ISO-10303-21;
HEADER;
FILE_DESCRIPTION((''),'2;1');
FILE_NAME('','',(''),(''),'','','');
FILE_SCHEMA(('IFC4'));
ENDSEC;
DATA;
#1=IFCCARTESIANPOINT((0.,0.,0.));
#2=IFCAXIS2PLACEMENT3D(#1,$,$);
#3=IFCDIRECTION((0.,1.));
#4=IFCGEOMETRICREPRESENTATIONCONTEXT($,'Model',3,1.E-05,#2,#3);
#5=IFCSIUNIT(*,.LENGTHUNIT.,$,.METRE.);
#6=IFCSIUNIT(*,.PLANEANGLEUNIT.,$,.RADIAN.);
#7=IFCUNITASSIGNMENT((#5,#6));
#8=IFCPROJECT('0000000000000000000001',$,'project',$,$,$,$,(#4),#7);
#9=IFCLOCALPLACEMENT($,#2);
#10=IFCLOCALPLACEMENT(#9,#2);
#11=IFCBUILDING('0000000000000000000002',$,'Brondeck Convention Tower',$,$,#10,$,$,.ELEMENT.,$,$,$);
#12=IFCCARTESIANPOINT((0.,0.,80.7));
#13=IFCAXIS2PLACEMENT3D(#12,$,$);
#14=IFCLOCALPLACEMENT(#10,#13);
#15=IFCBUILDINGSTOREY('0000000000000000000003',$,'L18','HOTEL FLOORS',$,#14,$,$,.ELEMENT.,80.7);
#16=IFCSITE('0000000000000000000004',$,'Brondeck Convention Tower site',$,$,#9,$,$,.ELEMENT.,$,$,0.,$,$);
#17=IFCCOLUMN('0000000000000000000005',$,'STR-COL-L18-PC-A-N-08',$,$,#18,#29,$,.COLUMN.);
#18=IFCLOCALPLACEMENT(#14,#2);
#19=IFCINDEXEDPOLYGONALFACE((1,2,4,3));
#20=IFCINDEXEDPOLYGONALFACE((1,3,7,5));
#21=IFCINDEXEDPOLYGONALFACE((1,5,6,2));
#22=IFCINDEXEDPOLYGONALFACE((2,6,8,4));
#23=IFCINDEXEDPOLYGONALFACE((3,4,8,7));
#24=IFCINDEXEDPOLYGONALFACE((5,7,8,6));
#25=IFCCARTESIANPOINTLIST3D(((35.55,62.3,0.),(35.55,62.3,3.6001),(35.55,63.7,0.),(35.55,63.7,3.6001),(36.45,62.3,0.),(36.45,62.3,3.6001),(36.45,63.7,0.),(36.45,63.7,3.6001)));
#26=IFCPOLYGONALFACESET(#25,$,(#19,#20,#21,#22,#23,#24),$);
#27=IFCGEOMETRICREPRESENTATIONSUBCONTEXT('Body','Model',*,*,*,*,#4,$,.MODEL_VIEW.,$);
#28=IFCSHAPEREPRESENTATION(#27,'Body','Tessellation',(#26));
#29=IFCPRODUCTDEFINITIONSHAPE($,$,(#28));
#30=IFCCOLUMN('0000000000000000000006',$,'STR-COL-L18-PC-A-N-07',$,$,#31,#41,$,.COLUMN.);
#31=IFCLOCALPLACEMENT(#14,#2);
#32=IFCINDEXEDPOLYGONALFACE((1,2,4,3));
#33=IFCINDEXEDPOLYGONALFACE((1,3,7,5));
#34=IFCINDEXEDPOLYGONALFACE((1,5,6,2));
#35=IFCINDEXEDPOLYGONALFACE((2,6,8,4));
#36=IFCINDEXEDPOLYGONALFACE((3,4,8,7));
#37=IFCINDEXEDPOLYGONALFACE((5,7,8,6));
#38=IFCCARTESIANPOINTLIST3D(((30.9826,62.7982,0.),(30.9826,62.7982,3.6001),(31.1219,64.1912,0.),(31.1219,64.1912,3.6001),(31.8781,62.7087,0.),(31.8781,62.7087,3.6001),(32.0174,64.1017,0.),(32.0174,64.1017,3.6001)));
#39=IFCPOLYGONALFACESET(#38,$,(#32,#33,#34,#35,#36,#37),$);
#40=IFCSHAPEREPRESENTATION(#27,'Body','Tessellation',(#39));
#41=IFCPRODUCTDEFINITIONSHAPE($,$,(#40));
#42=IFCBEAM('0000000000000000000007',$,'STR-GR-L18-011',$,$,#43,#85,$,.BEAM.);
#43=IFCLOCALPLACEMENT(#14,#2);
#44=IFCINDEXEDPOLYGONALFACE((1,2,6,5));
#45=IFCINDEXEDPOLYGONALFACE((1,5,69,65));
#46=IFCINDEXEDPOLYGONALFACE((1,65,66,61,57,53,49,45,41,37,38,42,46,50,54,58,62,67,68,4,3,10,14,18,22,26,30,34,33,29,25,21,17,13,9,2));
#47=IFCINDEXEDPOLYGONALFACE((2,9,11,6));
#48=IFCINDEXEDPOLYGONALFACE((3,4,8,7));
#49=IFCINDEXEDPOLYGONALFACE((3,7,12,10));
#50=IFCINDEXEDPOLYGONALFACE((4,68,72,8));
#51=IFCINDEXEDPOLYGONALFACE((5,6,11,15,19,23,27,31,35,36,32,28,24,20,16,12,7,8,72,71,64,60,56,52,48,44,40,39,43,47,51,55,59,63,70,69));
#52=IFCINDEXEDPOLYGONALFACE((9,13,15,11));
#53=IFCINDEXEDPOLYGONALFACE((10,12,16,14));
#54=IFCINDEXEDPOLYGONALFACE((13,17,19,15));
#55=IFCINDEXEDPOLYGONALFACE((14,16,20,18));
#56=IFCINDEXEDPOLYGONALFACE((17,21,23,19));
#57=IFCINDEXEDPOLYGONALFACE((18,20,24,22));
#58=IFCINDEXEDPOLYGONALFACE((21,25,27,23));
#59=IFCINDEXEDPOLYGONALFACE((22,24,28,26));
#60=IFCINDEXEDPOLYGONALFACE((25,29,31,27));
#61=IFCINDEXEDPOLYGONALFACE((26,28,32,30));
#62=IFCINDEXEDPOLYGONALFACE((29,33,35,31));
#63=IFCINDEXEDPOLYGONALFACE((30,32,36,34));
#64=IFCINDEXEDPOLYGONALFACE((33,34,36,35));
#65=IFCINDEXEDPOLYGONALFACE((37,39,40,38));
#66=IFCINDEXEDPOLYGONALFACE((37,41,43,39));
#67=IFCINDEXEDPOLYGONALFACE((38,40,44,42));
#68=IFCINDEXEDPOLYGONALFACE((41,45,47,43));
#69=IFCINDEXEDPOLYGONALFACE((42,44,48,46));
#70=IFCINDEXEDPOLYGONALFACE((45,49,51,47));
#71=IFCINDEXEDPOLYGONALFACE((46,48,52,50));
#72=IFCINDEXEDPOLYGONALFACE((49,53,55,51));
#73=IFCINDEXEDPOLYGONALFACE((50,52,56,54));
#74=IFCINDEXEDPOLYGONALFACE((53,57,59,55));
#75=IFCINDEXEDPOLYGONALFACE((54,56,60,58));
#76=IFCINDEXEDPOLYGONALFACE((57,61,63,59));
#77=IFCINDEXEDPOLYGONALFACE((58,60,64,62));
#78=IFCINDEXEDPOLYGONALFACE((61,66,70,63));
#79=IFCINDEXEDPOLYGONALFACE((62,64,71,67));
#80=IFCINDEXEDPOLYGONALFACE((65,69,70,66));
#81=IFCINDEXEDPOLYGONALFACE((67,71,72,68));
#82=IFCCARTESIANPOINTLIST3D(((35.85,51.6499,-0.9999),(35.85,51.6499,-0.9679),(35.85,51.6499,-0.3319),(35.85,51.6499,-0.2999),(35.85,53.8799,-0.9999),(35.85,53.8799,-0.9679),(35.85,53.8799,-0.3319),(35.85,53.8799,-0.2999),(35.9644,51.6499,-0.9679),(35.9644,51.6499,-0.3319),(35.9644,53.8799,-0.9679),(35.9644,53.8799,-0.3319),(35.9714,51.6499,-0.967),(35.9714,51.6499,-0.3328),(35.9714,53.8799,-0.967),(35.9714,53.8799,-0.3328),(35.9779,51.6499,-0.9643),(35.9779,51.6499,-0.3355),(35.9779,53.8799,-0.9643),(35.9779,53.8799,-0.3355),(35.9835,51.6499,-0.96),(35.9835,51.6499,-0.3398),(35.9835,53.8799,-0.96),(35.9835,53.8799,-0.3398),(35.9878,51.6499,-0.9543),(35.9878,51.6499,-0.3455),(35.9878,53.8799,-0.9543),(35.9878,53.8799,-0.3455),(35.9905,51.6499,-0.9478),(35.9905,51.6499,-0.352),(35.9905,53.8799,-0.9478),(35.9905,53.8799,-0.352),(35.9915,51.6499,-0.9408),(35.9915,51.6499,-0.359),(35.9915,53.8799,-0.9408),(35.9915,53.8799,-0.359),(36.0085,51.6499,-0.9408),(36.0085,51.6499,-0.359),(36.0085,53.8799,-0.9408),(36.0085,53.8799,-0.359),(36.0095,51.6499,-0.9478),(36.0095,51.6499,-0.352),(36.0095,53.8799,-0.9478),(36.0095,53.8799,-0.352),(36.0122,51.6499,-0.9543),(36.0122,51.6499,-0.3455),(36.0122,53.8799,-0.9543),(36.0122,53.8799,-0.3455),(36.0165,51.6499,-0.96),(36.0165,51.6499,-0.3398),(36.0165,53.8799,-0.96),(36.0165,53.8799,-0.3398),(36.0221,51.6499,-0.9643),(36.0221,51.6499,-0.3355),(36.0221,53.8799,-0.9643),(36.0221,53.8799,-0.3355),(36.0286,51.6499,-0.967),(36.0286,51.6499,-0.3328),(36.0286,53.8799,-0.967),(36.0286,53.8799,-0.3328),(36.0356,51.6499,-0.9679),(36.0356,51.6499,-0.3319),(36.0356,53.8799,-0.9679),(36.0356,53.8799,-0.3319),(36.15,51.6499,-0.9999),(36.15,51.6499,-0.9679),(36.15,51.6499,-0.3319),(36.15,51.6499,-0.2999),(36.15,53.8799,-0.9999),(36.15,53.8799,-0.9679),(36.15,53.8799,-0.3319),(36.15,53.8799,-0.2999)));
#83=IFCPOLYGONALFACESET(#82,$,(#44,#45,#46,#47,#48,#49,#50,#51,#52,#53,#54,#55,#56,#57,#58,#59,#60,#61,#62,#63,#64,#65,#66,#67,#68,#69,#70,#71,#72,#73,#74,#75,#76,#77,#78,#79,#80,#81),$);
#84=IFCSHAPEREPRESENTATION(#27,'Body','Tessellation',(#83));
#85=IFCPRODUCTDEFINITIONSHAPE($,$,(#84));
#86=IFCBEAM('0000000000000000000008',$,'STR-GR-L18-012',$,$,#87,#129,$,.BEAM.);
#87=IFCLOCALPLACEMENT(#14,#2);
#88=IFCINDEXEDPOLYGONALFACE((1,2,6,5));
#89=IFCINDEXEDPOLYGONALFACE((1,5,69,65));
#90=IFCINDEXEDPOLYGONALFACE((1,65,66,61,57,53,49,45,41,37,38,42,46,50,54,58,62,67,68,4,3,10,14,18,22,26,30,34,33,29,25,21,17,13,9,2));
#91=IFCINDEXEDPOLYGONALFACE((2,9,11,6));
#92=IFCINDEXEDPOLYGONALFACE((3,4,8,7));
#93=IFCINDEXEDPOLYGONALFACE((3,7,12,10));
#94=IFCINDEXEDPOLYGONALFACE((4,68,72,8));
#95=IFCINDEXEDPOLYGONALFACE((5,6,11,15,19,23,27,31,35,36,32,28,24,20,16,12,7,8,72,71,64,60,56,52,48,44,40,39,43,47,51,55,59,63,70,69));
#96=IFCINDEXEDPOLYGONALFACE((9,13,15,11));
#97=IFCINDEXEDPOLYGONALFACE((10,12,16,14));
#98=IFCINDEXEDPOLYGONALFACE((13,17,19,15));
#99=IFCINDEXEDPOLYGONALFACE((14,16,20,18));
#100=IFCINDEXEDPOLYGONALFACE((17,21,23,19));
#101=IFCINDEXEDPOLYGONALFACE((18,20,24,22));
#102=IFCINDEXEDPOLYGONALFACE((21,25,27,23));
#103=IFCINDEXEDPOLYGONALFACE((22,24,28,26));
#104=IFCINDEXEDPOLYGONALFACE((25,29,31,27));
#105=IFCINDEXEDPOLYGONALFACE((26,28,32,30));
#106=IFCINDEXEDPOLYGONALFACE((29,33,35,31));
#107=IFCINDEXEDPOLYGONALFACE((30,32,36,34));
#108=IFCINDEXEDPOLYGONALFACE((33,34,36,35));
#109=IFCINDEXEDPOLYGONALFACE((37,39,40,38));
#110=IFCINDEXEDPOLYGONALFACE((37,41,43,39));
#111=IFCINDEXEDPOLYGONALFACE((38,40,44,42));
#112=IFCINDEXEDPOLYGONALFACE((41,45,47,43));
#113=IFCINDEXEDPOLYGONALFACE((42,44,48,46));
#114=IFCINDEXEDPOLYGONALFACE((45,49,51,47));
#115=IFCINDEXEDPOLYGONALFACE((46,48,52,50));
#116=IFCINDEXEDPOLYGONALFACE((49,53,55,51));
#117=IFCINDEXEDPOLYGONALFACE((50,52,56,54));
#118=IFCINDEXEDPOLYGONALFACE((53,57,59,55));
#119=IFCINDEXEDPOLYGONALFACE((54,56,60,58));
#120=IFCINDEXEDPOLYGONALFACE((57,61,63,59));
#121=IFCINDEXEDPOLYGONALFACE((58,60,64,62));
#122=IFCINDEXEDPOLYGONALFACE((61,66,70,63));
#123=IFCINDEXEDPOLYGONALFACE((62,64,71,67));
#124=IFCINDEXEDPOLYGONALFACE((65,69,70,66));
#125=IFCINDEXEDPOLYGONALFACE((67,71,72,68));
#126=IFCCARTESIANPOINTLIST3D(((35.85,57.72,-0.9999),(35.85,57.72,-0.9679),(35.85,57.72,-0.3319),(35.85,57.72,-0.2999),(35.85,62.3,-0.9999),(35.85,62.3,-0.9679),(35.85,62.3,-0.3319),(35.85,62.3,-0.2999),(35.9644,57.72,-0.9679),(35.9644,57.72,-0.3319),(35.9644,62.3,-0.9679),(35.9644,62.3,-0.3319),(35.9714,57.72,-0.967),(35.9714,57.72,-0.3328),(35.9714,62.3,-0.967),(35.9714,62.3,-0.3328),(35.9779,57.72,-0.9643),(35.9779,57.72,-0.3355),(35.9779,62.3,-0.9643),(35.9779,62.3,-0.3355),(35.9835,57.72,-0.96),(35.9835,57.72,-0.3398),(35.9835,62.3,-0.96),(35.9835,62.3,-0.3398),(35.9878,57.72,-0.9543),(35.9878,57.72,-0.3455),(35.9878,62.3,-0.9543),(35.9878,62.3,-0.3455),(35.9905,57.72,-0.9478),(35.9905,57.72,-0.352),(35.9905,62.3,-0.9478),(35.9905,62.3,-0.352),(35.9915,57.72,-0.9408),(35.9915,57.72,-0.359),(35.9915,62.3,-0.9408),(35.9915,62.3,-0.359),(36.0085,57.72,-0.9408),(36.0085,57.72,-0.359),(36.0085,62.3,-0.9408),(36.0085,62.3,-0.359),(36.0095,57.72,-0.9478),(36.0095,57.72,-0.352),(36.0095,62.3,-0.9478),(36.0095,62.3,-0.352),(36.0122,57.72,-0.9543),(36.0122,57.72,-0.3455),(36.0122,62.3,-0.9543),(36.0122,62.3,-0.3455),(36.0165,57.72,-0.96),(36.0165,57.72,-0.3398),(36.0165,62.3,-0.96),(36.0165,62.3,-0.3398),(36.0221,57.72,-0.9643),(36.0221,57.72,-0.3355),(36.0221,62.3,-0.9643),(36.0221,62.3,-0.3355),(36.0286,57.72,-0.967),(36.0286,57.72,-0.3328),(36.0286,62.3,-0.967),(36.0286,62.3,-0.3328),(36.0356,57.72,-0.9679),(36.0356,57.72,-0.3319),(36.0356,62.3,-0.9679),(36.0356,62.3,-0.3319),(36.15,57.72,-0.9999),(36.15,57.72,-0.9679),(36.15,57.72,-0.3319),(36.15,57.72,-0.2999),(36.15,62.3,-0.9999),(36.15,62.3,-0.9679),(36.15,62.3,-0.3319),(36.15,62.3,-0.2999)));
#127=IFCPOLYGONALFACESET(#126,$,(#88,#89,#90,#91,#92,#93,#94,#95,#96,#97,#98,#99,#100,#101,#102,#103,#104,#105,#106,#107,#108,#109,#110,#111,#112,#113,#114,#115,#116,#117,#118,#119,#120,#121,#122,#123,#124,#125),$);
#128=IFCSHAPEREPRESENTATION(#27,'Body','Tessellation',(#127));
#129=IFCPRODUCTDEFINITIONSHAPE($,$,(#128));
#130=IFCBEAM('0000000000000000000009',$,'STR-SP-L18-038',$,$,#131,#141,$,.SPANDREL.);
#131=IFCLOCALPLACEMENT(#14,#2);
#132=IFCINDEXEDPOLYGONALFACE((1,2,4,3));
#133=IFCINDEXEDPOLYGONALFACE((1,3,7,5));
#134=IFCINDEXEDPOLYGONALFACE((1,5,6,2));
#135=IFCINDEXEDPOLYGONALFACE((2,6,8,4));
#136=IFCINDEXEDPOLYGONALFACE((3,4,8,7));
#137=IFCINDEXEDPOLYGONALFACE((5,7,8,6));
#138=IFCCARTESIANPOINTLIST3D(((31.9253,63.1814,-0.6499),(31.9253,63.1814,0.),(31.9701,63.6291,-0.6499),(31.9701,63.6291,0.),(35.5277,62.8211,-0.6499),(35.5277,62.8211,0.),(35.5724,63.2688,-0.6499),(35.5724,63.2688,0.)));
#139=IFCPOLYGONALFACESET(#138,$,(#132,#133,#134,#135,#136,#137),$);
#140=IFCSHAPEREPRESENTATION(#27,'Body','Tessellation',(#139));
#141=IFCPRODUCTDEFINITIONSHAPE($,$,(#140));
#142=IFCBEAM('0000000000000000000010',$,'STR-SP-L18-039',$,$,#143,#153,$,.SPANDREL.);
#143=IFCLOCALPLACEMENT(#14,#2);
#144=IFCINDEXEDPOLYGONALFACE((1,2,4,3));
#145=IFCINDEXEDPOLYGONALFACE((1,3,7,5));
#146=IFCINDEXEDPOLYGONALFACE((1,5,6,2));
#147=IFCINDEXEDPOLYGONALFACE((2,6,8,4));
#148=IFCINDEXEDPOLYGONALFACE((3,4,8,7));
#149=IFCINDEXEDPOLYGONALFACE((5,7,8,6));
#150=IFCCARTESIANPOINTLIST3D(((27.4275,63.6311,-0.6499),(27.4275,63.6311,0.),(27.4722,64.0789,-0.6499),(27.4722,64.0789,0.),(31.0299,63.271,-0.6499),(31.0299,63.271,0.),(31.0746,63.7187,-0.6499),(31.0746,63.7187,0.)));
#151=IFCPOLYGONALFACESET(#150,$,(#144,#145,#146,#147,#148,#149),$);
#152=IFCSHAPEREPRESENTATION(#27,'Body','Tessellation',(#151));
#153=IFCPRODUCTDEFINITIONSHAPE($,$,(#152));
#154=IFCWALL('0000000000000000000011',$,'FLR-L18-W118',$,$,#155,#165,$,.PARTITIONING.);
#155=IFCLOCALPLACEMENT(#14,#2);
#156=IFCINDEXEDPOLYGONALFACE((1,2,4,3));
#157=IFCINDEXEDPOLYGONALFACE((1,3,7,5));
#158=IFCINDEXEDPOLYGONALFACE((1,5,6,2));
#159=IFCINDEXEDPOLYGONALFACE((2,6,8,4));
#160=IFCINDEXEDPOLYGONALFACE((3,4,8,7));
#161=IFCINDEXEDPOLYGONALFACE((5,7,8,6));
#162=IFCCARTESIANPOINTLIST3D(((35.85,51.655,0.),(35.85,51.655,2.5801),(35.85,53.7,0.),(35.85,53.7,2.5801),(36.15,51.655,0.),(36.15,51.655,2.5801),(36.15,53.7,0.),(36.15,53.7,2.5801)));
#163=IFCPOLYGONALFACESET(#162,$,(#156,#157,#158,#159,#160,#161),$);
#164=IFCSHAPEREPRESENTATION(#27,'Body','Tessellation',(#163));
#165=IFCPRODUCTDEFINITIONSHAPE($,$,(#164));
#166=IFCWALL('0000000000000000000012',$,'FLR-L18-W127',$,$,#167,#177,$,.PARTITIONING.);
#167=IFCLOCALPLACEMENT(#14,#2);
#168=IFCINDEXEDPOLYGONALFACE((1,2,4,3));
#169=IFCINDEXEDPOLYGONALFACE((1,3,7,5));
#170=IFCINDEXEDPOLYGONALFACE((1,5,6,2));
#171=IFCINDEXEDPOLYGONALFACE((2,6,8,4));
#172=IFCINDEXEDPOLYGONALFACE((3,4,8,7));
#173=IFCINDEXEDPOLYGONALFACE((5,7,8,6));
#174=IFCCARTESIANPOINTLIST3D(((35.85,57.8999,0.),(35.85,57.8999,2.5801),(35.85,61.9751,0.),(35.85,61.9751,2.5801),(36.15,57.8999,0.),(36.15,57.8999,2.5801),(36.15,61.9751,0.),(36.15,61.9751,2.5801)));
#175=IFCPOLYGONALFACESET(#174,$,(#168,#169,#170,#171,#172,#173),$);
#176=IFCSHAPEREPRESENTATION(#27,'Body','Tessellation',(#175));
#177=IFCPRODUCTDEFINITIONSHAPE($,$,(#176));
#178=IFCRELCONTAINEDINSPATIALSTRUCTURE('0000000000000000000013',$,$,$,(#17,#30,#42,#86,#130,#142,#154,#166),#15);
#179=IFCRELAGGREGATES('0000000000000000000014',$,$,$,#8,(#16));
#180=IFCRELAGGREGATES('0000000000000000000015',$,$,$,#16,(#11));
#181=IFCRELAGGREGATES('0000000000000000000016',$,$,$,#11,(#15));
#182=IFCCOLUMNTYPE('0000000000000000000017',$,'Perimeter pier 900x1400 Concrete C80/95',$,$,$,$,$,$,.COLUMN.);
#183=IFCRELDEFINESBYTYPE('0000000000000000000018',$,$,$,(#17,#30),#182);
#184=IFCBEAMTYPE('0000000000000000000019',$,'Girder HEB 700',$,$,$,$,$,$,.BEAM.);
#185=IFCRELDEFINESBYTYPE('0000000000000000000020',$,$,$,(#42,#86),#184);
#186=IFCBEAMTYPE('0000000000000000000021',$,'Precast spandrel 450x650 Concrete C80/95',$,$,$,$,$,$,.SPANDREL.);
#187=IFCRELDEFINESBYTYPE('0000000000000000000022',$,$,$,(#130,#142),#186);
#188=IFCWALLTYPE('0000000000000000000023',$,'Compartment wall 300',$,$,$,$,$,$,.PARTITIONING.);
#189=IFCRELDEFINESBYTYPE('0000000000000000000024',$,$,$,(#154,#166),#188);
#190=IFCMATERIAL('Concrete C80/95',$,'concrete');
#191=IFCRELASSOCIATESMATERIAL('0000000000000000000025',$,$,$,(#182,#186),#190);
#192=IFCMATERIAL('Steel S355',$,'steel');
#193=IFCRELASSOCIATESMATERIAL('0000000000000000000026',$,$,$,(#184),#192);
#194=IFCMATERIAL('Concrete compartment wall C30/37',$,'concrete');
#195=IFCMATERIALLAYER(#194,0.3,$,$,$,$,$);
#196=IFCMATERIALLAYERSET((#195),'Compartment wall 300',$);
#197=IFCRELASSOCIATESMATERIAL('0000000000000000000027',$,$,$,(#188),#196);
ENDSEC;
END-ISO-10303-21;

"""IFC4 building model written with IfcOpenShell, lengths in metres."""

from ifc_helpers import new_model, si_unit, direction, frame, frame_2d, origin, origin_2d, place, context, subcontext, project, spatial, rectangle, i_section, extrude, material, layer, layer_set, material_profile, profile_set, type_object, element, save


model = new_model("IFC4")

# Units and contexts
model_context = context("Model", 3, precision=1e-05, world=origin(), true_north=direction((0.0, 1.0)))
body_context = subcontext(model_context, "Body", "Model", "MODEL_VIEW")
ifc_project = project(units=[si_unit("LENGTHUNIT", "METRE"), si_unit("PLANEANGLEUNIT", "RADIAN")], contexts=[model_context])

# Site, building, storey
site_placement = place(None, origin())
site = spatial("IfcSite", under=ifc_project, at=site_placement, Name="Brondeck Convention Tower site", CompositionType="ELEMENT", RefElevation=0.0)
building_placement = place(site_placement, origin())
building = spatial("IfcBuilding", under=site, at=building_placement, Name="Brondeck Convention Tower", CompositionType="ELEMENT")
storey_placement = place(building_placement, frame((0.0, 0.0, 80.7)))
storey = spatial("IfcBuildingStorey", under=building, at=storey_placement, Name="L18", Description="HOTEL FLOORS", CompositionType="ELEMENT", Elevation=80.7)

# Columns
ifc_material_1 = material(Name="Concrete C80/95", Category="concrete")
ifc_material_profile_1 = material_profile(ifc_material_1, rectangle(XDim=0.8999, YDim=1.3999, at=origin_2d()), Name="Perimeter pier 900x1400 Concrete C80/95")
ifc_profile_set_1 = profile_set([ifc_material_profile_1], Name="Concrete C80/95")
column_type = type_object("IfcColumnType", Name="Perimeter pier 900x1400 Concrete C80/95", PredefinedType="COLUMN", material=ifc_profile_set_1)
for number, where, z_axis, x_axis, name in (
    (1, (36.0, 63.0, 0.0), (0.0, 0.0, 1.0), (-1.0, 0.0, 0.0), "STR-COL-L18-PC-A-N-08"),
    (2, (31.5, 63.45, 0.0), (0.0, 0.0, 1.0), (-0.995037, 0.099504, 0.0), "STR-COL-L18-PC-A-N-07"),
):
    element("IfcColumn", number, at=place(storey_placement, frame(where, z_axis=z_axis, x_axis=x_axis)), inside=storey, type_object=column_type, Name=name, PredefinedType="COLUMN", context=body_context, shape_type="SweptSolid", body=[
        extrude(rectangle(XDim=0.8999, YDim=1.3999, at=origin_2d()), origin(), (0.0, 0.0, 1.0), 3.6001),
    ])

# Beams
ifc_material_2 = material(Name="Steel S355", Category="steel")
ifc_material_profile_2 = material_profile(ifc_material_2, i_section(OverallWidth=0.3, OverallDepth=0.7, WebThickness=0.0171, FlangeThickness=0.032, FilletRadius=0.0271, at=origin_2d()), Name="HEB 700")
ifc_profile_set_2 = profile_set([ifc_material_profile_2], Name="Steel S355")
beam_type_1 = type_object("IfcBeamType", Name="Girder HEB 700", PredefinedType="BEAM", material=ifc_profile_set_2)
beam_1_placement = place(storey_placement, frame((36.0, 51.6499, -0.6499), z_axis=(0.0, 1.0, 0.0), x_axis=(-1.0, 0.0, 0.0)))
element("IfcBeam", 3, at=beam_1_placement, inside=storey, type_object=beam_type_1, Name="STR-GR-L18-011", PredefinedType="BEAM", context=body_context, shape_type="SweptSolid", body=[
    extrude(i_section(OverallWidth=0.3, OverallDepth=0.7, WebThickness=0.0171, FlangeThickness=0.032, FilletRadius=0.0271, at=origin_2d()), origin(), (0.0, 0.0, 1.0), 2.23),
])
beam_2_placement = place(storey_placement, frame((36.0, 57.72, -0.6499), z_axis=(0.0, 1.0, 0.0), x_axis=(-1.0, 0.0, 0.0)))
element("IfcBeam", 4, at=beam_2_placement, inside=storey, type_object=beam_type_1, Name="STR-GR-L18-012", PredefinedType="BEAM", context=body_context, shape_type="SweptSolid", body=[
    extrude(i_section(OverallWidth=0.3, OverallDepth=0.7, WebThickness=0.0171, FlangeThickness=0.032, FilletRadius=0.0271, at=origin_2d()), origin(), (0.0, 0.0, 1.0), 4.5801),
])
ifc_material_profile_3 = material_profile(ifc_material_1, rectangle(XDim=0.45, YDim=0.6499, at=origin_2d()), Name="Precast spandrel 450x650 Concrete C80/95")
ifc_profile_set_3 = profile_set([ifc_material_profile_3], Name="Concrete C80/95")
beam_type_2 = type_object("IfcBeamType", Name="Precast spandrel 450x650 Concrete C80/95", PredefinedType="SPANDREL", material=ifc_profile_set_3)
for number, where, z_axis, x_axis, name in (
    (5, (35.55, 63.0449, -0.325), (-0.995034, 0.099537, 0.0), (-0.099537, -0.995034, 0.0), "STR-SP-L18-038"),
    (6, (31.0522, 63.4949, -0.325), (-0.995041, 0.09947, 0.0), (-0.09947, -0.995041, 0.0), "STR-SP-L18-039"),
):
    element("IfcBeam", number, at=place(storey_placement, frame(where, z_axis=z_axis, x_axis=x_axis)), inside=storey, type_object=beam_type_2, Name=name, PredefinedType="SPANDREL", context=body_context, shape_type="SweptSolid", body=[
        extrude(rectangle(XDim=0.45, YDim=0.6499, at=origin_2d()), origin(), (0.0, 0.0, 1.0), 3.6204),
    ])

# Walls
ifc_material_3 = material(Name="Concrete compartment wall C30/37", Category="concrete")
ifc_layer_1 = layer(ifc_material_3, 0.3)
ifc_layer_set_1 = layer_set([ifc_layer_1], Name="Compartment wall 300")
wall_type_1 = type_object("IfcWallType", Name="Compartment wall 300", PredefinedType="PARTITIONING", material=ifc_layer_set_1)
wall_1_placement = place(storey_placement, frame((36.0, 53.7, 0.0), z_axis=(0.0, 0.0, 1.0), x_axis=(0.0, -1.0, 0.0)))
element("IfcWall", 7, at=wall_1_placement, inside=storey, type_object=wall_type_1, Name="FLR-L18-W118", PredefinedType="PARTITIONING", context=body_context, shape_type="SweptSolid", body=[
    extrude(rectangle(XDim=2.0449, YDim=0.3, at=frame_2d((1.0225, 0.0))), origin(), (0.0, 0.0, 1.0), 2.5801),
])
wall_2_placement = place(storey_placement, frame((36.0, 61.9751, 0.0), z_axis=(0.0, 0.0, 1.0), x_axis=(0.0, -1.0, 0.0)))
element("IfcWall", 8, at=wall_2_placement, inside=storey, type_object=wall_type_1, Name="FLR-L18-W127", PredefinedType="PARTITIONING", context=body_context, shape_type="SweptSolid", body=[
    extrude(rectangle(XDim=4.0752, YDim=0.3, at=frame_2d((2.0376, 0.0))), origin(), (0.0, 0.0, 1.0), 2.5801),
])

save(model, "model.ifc")
